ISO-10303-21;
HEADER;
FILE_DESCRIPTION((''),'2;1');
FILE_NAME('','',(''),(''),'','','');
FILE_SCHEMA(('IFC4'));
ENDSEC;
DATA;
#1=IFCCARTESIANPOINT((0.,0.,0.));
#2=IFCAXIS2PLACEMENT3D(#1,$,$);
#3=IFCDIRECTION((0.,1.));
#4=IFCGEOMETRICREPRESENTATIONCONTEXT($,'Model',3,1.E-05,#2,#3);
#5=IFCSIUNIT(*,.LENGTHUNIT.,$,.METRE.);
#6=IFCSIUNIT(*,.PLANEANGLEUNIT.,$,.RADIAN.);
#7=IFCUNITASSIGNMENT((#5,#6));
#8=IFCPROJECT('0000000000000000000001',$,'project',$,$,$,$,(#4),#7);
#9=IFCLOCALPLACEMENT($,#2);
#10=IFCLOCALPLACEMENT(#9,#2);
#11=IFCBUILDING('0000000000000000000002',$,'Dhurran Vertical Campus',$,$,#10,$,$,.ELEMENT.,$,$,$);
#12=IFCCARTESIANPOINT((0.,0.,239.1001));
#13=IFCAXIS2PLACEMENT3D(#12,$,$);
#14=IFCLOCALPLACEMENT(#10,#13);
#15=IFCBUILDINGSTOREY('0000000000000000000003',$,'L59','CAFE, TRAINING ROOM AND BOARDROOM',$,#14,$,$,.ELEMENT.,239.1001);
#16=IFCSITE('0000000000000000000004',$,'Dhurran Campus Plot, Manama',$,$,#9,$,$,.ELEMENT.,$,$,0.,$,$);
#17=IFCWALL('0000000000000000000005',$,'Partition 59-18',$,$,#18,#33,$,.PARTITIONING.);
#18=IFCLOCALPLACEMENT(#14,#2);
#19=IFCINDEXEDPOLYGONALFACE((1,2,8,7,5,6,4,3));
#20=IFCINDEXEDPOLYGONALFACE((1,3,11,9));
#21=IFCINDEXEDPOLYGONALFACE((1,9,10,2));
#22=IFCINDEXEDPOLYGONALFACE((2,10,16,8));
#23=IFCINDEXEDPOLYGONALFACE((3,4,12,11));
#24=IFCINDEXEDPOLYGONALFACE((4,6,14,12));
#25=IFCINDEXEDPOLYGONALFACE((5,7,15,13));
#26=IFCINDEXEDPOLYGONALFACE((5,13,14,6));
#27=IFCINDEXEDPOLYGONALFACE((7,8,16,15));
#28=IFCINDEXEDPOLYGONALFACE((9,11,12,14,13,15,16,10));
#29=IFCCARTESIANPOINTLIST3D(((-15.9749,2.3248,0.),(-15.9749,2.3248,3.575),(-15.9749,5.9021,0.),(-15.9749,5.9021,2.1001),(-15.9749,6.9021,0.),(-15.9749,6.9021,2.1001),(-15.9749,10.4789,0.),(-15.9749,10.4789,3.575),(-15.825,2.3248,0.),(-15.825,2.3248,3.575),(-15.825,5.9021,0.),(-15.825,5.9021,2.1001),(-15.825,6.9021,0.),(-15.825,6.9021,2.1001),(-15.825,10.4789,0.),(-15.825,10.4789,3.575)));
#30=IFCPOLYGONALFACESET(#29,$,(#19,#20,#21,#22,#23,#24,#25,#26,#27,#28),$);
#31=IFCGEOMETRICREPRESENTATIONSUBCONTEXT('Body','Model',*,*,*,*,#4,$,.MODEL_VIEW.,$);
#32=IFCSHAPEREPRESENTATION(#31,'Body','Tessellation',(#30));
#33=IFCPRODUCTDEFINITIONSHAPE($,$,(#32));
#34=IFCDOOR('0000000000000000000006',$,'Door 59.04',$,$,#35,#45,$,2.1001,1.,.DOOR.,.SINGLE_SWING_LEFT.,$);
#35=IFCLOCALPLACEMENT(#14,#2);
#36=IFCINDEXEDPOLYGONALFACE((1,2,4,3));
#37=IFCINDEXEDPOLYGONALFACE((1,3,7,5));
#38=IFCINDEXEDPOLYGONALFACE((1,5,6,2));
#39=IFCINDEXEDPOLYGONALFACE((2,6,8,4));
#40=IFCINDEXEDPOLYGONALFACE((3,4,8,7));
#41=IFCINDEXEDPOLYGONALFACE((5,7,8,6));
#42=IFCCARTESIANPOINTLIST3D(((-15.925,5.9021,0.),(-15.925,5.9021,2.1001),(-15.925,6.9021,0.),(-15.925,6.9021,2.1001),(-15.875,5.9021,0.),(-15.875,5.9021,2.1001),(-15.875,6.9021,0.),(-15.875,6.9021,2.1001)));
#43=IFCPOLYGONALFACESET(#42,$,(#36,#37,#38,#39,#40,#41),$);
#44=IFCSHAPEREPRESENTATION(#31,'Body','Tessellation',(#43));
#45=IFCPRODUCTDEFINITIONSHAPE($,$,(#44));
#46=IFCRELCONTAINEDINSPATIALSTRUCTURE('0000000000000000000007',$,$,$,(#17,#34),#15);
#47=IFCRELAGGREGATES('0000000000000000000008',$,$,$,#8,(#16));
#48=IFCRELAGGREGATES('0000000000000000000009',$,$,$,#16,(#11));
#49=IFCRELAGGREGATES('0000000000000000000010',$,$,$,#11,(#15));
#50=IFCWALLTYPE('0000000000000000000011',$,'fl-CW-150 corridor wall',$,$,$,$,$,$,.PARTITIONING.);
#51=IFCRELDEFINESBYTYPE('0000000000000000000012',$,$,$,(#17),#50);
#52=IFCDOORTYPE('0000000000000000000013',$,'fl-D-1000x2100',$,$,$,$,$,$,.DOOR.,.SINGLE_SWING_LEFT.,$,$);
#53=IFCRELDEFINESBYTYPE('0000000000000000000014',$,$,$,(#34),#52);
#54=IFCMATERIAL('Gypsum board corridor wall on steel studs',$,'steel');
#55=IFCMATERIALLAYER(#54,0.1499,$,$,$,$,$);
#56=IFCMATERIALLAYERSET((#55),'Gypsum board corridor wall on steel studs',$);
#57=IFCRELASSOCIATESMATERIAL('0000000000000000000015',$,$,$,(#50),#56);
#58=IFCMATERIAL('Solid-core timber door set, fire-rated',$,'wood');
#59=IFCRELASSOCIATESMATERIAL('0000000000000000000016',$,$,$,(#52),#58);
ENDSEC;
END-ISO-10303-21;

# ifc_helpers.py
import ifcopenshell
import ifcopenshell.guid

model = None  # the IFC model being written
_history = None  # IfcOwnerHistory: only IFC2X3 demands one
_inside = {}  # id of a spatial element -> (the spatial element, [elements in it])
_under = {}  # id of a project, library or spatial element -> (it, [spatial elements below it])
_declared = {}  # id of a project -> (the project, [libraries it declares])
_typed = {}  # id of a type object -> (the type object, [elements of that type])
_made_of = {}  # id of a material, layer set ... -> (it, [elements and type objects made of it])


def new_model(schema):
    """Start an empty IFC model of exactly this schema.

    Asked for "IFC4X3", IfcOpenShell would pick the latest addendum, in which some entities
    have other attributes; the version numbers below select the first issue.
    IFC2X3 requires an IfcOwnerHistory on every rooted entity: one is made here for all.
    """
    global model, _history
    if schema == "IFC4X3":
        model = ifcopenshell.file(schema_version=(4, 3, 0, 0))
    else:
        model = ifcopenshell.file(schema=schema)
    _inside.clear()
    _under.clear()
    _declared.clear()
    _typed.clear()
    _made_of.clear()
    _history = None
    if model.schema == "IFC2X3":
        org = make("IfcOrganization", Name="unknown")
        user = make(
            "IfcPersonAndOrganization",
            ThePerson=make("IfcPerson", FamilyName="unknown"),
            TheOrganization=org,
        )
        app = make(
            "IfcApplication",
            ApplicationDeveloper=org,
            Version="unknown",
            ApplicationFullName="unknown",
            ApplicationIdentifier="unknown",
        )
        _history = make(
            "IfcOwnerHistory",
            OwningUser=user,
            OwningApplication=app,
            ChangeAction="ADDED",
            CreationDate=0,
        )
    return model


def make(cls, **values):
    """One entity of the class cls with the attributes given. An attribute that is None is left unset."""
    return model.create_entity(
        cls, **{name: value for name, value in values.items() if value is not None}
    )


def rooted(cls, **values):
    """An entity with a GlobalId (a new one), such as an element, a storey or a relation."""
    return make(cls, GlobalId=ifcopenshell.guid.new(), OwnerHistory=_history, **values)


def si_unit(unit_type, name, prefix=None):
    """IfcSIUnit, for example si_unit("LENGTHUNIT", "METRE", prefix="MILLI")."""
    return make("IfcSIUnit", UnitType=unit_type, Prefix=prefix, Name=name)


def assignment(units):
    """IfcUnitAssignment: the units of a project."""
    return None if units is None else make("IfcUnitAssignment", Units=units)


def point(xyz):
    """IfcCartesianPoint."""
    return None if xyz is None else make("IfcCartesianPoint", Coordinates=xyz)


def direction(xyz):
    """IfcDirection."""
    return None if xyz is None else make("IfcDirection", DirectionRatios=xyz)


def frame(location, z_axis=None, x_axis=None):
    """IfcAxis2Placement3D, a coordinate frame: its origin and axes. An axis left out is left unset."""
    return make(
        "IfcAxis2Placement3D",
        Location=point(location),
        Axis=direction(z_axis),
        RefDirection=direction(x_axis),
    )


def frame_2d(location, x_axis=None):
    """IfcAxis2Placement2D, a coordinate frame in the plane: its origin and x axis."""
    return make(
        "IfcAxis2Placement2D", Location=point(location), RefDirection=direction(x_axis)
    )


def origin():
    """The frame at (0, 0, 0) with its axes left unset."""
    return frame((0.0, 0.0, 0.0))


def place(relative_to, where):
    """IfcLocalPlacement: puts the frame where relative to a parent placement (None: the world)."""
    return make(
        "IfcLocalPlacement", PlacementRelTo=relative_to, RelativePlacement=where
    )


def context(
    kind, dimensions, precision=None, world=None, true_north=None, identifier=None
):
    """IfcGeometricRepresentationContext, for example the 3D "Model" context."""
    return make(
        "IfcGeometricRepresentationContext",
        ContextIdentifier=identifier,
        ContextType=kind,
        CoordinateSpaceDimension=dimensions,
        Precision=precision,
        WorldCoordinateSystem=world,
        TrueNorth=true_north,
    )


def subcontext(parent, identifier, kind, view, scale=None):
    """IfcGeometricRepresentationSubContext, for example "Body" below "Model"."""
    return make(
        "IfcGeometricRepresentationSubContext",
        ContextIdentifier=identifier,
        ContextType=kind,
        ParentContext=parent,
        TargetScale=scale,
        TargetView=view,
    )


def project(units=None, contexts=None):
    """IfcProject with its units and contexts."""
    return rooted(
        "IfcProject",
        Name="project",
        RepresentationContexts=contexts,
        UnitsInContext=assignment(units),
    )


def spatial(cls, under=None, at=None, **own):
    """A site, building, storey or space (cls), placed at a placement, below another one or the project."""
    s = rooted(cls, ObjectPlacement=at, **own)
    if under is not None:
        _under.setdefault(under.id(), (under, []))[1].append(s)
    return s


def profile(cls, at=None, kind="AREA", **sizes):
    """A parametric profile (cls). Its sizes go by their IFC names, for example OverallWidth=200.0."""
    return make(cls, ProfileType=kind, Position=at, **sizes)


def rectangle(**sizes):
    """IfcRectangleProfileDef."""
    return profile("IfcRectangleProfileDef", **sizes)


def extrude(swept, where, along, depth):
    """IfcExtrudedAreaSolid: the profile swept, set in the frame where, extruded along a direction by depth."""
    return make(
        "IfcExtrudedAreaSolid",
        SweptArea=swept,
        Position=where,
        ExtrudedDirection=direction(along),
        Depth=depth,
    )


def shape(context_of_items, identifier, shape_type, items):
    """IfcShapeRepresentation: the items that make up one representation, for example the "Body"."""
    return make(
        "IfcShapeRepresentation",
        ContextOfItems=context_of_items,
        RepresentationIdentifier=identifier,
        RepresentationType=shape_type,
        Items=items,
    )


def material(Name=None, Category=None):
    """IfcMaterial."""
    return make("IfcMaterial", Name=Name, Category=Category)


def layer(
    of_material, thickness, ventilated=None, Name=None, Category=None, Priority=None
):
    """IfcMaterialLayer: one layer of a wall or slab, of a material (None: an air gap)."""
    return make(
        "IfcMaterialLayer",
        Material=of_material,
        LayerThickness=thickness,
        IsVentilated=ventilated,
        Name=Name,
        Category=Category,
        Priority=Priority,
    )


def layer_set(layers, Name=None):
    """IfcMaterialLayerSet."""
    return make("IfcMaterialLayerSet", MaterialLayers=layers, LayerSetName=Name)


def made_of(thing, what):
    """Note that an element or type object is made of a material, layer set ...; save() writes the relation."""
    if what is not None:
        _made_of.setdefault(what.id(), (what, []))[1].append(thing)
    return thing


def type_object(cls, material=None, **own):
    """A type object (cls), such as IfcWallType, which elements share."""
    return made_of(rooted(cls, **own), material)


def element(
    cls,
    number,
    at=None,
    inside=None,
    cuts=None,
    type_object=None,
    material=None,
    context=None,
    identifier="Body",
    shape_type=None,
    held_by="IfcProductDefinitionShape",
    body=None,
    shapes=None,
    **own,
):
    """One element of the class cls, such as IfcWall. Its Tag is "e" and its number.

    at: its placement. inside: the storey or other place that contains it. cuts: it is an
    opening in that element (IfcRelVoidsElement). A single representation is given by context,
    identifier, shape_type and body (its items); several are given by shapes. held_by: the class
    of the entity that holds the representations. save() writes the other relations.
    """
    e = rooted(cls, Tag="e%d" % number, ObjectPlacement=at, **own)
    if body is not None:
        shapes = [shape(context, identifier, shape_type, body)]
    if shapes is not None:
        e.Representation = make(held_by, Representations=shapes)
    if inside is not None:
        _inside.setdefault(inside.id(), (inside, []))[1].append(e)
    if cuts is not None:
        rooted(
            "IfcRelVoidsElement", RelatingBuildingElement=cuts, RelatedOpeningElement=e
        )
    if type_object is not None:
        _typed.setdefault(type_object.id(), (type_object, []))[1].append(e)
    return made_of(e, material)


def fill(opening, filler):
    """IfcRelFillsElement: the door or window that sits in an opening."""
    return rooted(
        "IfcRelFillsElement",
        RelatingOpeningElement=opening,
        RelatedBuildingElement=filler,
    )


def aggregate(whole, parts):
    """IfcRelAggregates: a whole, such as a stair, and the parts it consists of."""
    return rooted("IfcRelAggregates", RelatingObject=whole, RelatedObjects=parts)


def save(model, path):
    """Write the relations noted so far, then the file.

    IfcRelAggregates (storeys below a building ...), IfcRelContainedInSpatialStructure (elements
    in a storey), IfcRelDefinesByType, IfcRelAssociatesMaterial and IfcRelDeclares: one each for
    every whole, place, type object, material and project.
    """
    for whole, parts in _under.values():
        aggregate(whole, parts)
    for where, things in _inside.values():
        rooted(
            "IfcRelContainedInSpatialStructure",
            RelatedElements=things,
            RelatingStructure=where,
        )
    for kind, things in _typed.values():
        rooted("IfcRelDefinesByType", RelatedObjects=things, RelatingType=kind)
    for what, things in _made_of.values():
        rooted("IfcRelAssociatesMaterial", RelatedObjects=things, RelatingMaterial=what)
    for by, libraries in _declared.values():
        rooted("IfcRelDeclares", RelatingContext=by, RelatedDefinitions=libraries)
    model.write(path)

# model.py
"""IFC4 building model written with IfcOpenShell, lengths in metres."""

from ifc_helpers import new_model, si_unit, direction, frame, frame_2d, origin, place, context, subcontext, project, spatial, rectangle, extrude, material, layer, layer_set, type_object, element, fill, save


model = new_model("IFC4")

# Units and contexts
model_context = context("Model", 3, precision=1e-05, world=origin(), true_north=direction((0.0, 1.0)))
body_context = subcontext(model_context, "Body", "Model", "MODEL_VIEW")
ifc_project = project(units=[si_unit("LENGTHUNIT", "METRE"), si_unit("PLANEANGLEUNIT", "RADIAN")], contexts=[model_context])

# Site, building, storey
site_placement = place(None, origin())
site = spatial("IfcSite", under=ifc_project, at=site_placement, Name="Dhurran Campus Plot, Manama", CompositionType="ELEMENT", RefElevation=0.0)
building_placement = place(site_placement, origin())
building = spatial("IfcBuilding", under=site, at=building_placement, Name="Dhurran Vertical Campus", CompositionType="ELEMENT")
storey_placement = place(building_placement, frame((0.0, 0.0, 239.1001)))
storey = spatial("IfcBuildingStorey", under=building, at=storey_placement, Name="L59", Description="CAFE, TRAINING ROOM AND BOARDROOM", CompositionType="ELEMENT", Elevation=239.1001)

# Shared definitions
ifc_material_1 = material(Name="Gypsum board corridor wall on steel studs", Category="steel")
ifc_layer_1 = layer(ifc_material_1, 0.1499)
ifc_layer_set_1 = layer_set([ifc_layer_1], Name="Gypsum board corridor wall on steel studs")
wall_type_1 = type_object("IfcWallType", Name="fl-CW-150 corridor wall", PredefinedType="PARTITIONING", material=ifc_layer_set_1)
ifc_material_2 = material(Name="Solid-core timber door set, fire-rated", Category="wood")
door_type_1 = type_object("IfcDoorType", Name="fl-D-1000x2100", OperationType="SINGLE_SWING_LEFT", PredefinedType="DOOR", material=ifc_material_2)

# Wall, opening, door
wall_1_placement = place(storey_placement, frame((-15.8999, 10.479, 0.0), z_axis=(0.0, 0.0, 1.0), x_axis=(0.0, -1.0, 0.0)))
wall_1 = element("IfcWall", 1, at=wall_1_placement, inside=storey, type_object=wall_type_1, Name="Partition 59-18", PredefinedType="PARTITIONING", context=body_context, shape_type="SweptSolid", body=[
    extrude(rectangle(XDim=8.1541, YDim=0.1499, at=frame_2d((4.0771, 0.0))), origin(), (0.0, 0.0, 1.0), 3.575),
])
opening_1_placement = place(wall_1_placement, frame((3.5769, 0.0, 0.0)))
opening_1 = element("IfcOpeningElement", 2, at=opening_1_placement, cuts=wall_1, PredefinedType="OPENING", context=body_context, shape_type="SweptSolid", body=[
    extrude(rectangle(XDim=1.0, YDim=2.1001, at=frame_2d((0.5, 1.05))), frame((0.0, 0.085, 0.0), z_axis=(0.0, -1.0, 0.0), x_axis=(1.0, 0.0, 0.0)), (0.0, 0.0, 1.0), 0.1699),
])
door_1_placement = place(opening_1_placement, origin())
door_1 = element("IfcDoor", 3, at=door_1_placement, inside=storey, type_object=door_type_1, Name="Door 59.04", OperationType="SINGLE_SWING_LEFT", OverallHeight=2.1001, OverallWidth=1.0, PredefinedType="DOOR", context=body_context, shape_type="SweptSolid", body=[
    extrude(rectangle(XDim=1.0, YDim=2.1001, at=frame_2d((0.5, 1.05))), frame((0.0, 0.0249, 0.0), z_axis=(0.0, -1.0, 0.0), x_axis=(1.0, 0.0, 0.0)), (0.0, 0.0, 1.0), 0.05),
])
fill(opening_1, door_1)

save(model, "model.ifc")
